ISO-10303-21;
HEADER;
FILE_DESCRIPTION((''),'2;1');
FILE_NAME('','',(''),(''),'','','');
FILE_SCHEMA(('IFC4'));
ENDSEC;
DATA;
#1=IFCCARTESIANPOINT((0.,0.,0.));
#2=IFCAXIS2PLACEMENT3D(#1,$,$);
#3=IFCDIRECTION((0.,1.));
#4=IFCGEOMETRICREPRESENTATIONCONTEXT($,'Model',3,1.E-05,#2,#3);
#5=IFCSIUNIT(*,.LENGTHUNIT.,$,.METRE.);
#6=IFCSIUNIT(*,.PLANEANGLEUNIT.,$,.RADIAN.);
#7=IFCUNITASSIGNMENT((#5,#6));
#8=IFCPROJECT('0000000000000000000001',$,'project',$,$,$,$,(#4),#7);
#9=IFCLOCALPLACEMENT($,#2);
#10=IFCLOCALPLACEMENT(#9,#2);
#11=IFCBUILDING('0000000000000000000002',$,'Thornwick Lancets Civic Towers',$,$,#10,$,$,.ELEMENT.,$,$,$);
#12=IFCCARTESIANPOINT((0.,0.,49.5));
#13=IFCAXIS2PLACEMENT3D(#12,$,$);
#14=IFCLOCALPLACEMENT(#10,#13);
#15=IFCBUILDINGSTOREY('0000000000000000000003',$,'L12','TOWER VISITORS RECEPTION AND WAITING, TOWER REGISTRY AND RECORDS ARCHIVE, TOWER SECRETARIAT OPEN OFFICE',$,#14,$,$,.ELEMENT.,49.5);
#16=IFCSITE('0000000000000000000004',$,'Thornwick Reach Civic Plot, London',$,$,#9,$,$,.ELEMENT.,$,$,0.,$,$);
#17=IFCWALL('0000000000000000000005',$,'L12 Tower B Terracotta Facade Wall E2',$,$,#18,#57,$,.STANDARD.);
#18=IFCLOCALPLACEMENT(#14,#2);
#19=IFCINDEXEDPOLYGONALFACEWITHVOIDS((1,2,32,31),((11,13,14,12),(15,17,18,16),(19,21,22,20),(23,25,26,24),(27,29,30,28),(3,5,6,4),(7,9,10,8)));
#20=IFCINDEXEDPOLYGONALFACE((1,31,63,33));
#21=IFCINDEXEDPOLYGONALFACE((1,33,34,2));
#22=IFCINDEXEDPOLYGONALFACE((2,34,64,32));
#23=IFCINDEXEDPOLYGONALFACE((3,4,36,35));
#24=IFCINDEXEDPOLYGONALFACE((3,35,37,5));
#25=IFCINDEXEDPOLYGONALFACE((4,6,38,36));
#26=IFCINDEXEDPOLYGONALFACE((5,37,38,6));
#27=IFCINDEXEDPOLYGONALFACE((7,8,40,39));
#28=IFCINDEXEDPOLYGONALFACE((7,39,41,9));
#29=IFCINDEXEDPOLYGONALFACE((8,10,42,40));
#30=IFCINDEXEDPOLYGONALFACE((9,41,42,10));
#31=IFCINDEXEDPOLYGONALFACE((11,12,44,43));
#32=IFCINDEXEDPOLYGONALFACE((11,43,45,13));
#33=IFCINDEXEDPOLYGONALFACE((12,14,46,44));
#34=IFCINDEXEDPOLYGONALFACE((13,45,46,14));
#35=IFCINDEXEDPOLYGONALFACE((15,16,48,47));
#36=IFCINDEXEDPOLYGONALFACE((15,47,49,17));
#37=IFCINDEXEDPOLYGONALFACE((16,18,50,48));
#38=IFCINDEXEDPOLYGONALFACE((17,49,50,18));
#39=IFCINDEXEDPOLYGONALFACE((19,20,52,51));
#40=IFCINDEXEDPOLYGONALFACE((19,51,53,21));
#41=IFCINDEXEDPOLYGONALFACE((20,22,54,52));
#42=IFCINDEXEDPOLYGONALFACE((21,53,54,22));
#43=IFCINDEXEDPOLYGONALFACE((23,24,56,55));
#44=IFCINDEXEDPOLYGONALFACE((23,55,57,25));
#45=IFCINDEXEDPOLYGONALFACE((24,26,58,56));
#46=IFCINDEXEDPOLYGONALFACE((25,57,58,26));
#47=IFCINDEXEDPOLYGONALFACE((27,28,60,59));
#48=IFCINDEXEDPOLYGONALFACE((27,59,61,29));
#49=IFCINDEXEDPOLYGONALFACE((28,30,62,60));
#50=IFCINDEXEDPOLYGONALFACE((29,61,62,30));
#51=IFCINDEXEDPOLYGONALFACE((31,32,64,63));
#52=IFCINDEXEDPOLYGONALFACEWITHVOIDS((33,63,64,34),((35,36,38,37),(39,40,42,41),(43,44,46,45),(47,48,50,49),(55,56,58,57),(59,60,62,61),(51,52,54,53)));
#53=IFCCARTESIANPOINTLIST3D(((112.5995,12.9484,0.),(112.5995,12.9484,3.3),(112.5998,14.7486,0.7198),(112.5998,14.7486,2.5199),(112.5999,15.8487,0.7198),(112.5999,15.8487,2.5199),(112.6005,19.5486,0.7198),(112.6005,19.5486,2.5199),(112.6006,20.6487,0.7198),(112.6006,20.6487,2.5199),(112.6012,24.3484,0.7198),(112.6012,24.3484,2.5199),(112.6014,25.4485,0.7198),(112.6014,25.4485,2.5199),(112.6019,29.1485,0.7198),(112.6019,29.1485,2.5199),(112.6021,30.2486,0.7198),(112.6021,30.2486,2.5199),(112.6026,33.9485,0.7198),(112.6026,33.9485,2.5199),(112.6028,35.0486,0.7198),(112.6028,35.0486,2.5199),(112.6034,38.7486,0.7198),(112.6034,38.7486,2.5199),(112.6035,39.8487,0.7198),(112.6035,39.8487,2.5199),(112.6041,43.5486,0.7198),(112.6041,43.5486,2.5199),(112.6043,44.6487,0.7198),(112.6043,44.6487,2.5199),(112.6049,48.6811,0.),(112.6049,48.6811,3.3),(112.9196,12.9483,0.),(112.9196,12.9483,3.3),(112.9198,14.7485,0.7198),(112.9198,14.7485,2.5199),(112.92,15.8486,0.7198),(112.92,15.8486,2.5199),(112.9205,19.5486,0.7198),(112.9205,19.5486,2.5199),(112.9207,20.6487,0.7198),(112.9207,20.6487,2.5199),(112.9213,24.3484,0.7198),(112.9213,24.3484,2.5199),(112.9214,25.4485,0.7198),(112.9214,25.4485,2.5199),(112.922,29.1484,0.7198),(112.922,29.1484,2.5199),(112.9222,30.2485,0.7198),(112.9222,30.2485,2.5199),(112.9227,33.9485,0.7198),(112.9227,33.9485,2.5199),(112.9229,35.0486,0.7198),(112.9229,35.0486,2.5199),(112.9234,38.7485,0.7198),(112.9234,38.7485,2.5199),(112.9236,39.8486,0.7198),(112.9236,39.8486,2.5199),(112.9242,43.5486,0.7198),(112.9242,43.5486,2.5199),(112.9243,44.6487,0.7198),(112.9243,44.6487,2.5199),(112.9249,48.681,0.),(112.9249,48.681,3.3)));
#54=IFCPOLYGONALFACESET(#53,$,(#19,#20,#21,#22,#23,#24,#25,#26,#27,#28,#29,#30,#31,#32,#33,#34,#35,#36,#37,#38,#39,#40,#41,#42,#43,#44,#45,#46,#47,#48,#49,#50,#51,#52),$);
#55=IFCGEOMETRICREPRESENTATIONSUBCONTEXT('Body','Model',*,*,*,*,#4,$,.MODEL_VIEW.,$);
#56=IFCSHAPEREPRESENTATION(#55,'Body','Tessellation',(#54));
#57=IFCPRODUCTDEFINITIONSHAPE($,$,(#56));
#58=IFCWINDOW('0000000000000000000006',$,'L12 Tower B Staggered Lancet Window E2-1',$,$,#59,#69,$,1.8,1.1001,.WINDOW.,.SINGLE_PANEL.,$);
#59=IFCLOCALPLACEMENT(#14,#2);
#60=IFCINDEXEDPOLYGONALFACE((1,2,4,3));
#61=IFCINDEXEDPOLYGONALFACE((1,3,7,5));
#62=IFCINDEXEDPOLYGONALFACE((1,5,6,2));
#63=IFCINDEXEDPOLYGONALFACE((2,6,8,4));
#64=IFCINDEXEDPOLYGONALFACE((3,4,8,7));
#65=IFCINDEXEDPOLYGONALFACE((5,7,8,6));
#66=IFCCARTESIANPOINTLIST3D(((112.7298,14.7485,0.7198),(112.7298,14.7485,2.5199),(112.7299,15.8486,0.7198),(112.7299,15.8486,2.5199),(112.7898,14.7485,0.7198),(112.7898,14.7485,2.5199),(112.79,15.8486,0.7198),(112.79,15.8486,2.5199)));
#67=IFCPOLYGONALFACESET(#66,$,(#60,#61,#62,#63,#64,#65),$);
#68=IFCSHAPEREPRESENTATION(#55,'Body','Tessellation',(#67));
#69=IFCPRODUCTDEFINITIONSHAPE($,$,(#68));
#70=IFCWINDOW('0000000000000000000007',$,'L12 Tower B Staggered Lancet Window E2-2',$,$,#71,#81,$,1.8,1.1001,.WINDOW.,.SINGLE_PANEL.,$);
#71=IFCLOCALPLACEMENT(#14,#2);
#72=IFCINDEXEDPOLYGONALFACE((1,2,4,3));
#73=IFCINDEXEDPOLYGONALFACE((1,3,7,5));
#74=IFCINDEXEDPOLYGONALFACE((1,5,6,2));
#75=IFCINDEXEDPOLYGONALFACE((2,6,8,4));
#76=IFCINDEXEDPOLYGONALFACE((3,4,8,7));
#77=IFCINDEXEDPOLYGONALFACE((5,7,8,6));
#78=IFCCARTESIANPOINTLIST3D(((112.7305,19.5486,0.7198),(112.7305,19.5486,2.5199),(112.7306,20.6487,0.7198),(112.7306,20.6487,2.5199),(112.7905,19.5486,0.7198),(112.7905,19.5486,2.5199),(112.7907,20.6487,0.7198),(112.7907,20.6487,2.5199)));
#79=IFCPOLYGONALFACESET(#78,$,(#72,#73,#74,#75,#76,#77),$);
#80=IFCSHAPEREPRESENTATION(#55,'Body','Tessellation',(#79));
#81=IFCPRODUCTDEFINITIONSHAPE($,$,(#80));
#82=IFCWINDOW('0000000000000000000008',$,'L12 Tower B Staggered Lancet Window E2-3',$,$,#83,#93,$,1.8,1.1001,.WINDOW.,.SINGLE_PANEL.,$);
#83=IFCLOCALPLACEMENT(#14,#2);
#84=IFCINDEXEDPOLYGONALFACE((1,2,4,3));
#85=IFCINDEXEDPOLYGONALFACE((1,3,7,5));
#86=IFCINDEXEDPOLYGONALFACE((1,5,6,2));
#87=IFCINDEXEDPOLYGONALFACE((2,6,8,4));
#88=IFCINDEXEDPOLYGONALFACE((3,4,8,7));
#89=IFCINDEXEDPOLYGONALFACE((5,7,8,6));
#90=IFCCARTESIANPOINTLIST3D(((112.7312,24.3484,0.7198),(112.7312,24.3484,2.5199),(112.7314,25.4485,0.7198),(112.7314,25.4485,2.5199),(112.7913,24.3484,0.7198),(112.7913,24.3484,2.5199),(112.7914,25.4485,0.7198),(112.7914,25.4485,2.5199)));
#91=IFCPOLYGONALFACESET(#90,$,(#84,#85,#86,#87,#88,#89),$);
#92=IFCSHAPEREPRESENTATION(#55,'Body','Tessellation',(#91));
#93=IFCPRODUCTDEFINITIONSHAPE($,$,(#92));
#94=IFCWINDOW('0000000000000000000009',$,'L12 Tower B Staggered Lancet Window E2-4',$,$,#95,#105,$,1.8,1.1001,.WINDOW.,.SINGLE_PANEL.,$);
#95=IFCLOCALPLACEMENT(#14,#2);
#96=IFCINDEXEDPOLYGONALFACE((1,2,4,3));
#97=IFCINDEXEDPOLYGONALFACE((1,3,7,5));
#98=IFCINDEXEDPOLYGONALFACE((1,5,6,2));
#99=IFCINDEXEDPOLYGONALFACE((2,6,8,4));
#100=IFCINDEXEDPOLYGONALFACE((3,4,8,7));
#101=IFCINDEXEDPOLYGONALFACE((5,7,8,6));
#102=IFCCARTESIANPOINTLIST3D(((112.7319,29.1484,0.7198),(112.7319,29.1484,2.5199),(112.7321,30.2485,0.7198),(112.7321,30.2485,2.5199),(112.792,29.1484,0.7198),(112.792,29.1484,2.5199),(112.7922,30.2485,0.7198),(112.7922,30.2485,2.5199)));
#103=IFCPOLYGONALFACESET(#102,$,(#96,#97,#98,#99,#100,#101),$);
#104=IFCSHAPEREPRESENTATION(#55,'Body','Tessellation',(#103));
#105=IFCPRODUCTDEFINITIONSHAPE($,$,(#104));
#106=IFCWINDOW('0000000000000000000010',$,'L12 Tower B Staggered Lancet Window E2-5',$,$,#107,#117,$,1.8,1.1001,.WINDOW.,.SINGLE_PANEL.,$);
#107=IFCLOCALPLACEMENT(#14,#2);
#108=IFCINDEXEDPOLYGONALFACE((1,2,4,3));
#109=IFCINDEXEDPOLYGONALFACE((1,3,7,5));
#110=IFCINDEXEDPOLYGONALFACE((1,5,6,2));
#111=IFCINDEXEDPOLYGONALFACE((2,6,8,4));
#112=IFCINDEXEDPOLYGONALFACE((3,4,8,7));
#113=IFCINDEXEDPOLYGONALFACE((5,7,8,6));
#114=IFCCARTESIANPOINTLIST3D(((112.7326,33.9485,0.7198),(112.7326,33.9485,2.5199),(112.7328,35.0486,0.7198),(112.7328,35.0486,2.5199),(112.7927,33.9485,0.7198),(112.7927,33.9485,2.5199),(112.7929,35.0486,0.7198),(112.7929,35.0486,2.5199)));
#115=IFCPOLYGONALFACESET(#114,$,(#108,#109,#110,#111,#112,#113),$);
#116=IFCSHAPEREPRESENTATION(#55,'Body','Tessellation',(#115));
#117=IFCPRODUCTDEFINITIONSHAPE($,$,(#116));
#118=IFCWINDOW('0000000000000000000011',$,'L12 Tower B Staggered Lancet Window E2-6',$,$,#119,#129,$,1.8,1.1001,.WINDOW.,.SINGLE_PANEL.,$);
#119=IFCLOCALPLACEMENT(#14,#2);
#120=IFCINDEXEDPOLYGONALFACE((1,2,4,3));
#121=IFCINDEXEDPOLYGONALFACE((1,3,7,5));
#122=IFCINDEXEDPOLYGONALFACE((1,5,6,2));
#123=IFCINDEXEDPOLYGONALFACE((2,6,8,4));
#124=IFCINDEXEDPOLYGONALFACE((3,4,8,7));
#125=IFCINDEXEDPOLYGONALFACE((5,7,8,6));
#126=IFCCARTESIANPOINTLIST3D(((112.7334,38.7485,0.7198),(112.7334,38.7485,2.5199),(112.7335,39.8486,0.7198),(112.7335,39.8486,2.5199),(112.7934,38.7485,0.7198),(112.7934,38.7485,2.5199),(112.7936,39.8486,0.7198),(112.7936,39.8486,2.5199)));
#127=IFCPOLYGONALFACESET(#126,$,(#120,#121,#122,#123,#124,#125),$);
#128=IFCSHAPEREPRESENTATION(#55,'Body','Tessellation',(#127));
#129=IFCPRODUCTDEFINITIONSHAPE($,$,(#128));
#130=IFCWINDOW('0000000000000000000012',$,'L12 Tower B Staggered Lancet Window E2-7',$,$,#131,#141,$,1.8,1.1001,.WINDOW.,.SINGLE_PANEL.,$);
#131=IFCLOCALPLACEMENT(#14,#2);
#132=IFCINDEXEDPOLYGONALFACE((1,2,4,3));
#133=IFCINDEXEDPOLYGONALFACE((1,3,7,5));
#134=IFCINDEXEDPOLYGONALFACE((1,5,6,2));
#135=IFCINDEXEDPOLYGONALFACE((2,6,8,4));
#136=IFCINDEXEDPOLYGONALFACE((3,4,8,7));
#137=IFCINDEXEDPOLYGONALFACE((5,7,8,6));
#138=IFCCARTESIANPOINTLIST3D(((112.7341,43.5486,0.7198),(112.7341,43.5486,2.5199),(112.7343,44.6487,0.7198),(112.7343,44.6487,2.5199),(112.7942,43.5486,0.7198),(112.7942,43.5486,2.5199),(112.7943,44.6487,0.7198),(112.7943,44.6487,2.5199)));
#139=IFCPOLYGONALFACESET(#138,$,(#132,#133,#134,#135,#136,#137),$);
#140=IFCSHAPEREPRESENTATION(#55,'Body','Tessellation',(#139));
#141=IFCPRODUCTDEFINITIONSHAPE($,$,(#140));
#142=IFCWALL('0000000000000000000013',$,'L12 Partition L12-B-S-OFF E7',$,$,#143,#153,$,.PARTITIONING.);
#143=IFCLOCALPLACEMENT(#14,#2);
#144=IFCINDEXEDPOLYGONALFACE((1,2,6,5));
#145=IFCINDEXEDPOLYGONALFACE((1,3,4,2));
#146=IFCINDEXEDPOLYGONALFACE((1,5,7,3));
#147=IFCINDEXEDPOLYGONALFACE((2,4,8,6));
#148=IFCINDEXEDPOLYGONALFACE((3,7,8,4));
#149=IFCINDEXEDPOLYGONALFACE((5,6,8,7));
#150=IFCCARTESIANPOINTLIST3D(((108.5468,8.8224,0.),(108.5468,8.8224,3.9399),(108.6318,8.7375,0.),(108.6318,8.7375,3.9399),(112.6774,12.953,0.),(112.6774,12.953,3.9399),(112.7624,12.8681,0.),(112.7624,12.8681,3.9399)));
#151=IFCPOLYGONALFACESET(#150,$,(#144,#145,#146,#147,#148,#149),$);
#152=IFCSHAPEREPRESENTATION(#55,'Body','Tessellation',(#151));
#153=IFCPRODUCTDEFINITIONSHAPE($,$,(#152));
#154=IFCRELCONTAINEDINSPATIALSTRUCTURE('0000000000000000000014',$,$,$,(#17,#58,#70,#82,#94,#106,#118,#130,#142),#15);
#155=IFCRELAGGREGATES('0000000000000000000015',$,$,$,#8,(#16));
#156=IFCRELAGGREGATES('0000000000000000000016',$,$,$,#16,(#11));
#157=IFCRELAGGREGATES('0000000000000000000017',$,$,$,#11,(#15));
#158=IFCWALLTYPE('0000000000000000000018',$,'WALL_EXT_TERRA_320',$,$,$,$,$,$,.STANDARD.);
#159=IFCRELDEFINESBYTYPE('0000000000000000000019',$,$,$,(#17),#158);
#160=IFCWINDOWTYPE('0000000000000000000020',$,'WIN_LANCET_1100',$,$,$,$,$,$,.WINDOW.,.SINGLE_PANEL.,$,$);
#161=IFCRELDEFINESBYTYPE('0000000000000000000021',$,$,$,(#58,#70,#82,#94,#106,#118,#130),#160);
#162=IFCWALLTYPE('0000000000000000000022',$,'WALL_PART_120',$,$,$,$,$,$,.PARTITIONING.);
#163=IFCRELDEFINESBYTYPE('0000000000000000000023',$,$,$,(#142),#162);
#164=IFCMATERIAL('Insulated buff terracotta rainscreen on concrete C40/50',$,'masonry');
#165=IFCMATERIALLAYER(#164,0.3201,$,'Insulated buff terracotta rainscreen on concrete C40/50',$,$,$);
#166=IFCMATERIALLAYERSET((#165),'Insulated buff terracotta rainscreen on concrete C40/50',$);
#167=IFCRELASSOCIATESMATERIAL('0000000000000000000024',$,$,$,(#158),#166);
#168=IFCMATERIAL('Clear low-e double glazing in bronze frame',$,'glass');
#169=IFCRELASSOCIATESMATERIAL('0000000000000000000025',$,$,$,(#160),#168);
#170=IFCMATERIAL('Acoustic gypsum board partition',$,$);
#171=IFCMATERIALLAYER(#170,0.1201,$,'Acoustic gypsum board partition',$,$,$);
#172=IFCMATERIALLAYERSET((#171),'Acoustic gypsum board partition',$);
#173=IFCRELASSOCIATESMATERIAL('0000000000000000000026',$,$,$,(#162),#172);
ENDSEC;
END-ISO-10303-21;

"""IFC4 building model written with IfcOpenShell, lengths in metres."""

from ifc_helpers import new_model, si_unit, direction, frame, frame_2d, origin, place, context, subcontext, project, spatial, rectangle, extrude, material, layer, layer_set, type_object, element, fill, save


model = new_model("IFC4")

# Units and contexts
model_context = context("Model", 3, precision=1e-05, world=origin(), true_north=direction((0.0, 1.0)))
body_context = subcontext(model_context, "Body", "Model", "MODEL_VIEW")
ifc_project = project(units=[si_unit("LENGTHUNIT", "METRE"), si_unit("PLANEANGLEUNIT", "RADIAN")], contexts=[model_context])

# Site, building, storey
site_placement = place(None, origin())
site = spatial("IfcSite", under=ifc_project, at=site_placement, Name="Thornwick Reach Civic Plot, London", CompositionType="ELEMENT", RefElevation=0.0)
building_placement = place(site_placement, origin())
building = spatial("IfcBuilding", under=site, at=building_placement, Name="Thornwick Lancets Civic Towers", CompositionType="ELEMENT")
storey_placement = place(building_placement, frame((0.0, 0.0, 49.5)))
storey = spatial("IfcBuildingStorey", under=building, at=storey_placement, Name="L12", Description="TOWER VISITORS RECEPTION AND WAITING, TOWER REGISTRY AND RECORDS ARCHIVE, TOWER SECRETARIAT OPEN OFFICE", CompositionType="ELEMENT", Elevation=49.5)

# Wall, openings, windows
ifc_material_1 = material(Name="Insulated buff terracotta rainscreen on concrete C40/50", Category="masonry")
ifc_layer_1 = layer(ifc_material_1, 0.3201, Name="Insulated buff terracotta rainscreen on concrete C40/50")
ifc_layer_set_1 = layer_set([ifc_layer_1], Name="Insulated buff terracotta rainscreen on concrete C40/50")
wall_type_1 = type_object("IfcWallType", Name="WALL_EXT_TERRA_320", PredefinedType="STANDARD", material=ifc_layer_set_1)
wall_1_placement = place(storey_placement, frame((112.7595, 12.9485, 0.0), z_axis=(0.0, 0.0, 1.0), x_axis=(0.00015, 1.0, 0.0)))
wall_1 = element("IfcWall", 1, at=wall_1_placement, inside=storey, type_object=wall_type_1, Name="L12 Tower B Terracotta Facade Wall E2", PredefinedType="STANDARD", context=body_context, shape_type="SweptSolid", body=[
    extrude(rectangle(XDim=35.7327, YDim=0.3201, at=frame_2d((17.8662, 0.0))), origin(), (0.0, 0.0, 1.0), 3.3),
])
opening_1_placement = place(wall_1_placement, frame((1.8, 0.0, 0.72)))
opening_1 = element("IfcOpeningElement", 2, at=opening_1_placement, cuts=wall_1, PredefinedType="OPENING", context=body_context, shape_type="SweptSolid", body=[
    extrude(rectangle(XDim=1.1001, YDim=1.8, at=frame_2d((0.55, 0.8999))), frame((0.0, 0.1699, 0.0), z_axis=(0.0, -1.0, 0.0), x_axis=(1.0, 0.0, 0.0)), (0.0, 0.0, 1.0), 0.3401),
])
opening_2_placement = place(wall_1_placement, frame((6.6001, 0.0, 0.72)))
opening_2 = element("IfcOpeningElement", 3, at=opening_2_placement, cuts=wall_1, PredefinedType="OPENING", context=body_context, shape_type="SweptSolid", body=[
    extrude(rectangle(XDim=1.1001, YDim=1.8, at=frame_2d((0.55, 0.8999))), frame((0.0, 0.1699, 0.0), z_axis=(0.0, -1.0, 0.0), x_axis=(1.0, 0.0, 0.0)), (0.0, 0.0, 1.0), 0.3401),
])
opening_3_placement = place(wall_1_placement, frame((11.3999, 0.0, 0.72)))
opening_3 = element("IfcOpeningElement", 4, at=opening_3_placement, cuts=wall_1, PredefinedType="OPENING", context=body_context, shape_type="SweptSolid", body=[
    extrude(rectangle(XDim=1.1001, YDim=1.8, at=frame_2d((0.55, 0.8999))), frame((0.0, 0.1699, 0.0), z_axis=(0.0, -1.0, 0.0), x_axis=(1.0, 0.0, 0.0)), (0.0, 0.0, 1.0), 0.3401),
])
opening_4_placement = place(wall_1_placement, frame((16.2, 0.0, 0.72)))
opening_4 = element("IfcOpeningElement", 5, at=opening_4_placement, cuts=wall_1, PredefinedType="OPENING", context=body_context, shape_type="SweptSolid", body=[
    extrude(rectangle(XDim=1.1001, YDim=1.8, at=frame_2d((0.55, 0.8999))), frame((0.0, 0.1699, 0.0), z_axis=(0.0, -1.0, 0.0), x_axis=(1.0, 0.0, 0.0)), (0.0, 0.0, 1.0), 0.3401),
])
opening_5_placement = place(wall_1_placement, frame((21.0, 0.0, 0.72)))
opening_5 = element("IfcOpeningElement", 6, at=opening_5_placement, cuts=wall_1, PredefinedType="OPENING", context=body_context, shape_type="SweptSolid", body=[
    extrude(rectangle(XDim=1.1001, YDim=1.8, at=frame_2d((0.55, 0.8999))), frame((0.0, 0.1699, 0.0), z_axis=(0.0, -1.0, 0.0), x_axis=(1.0, 0.0, 0.0)), (0.0, 0.0, 1.0), 0.3401),
])
opening_6_placement = place(wall_1_placement, frame((25.8, 0.0, 0.72)))
opening_6 = element("IfcOpeningElement", 7, at=opening_6_placement, cuts=wall_1, PredefinedType="OPENING", context=body_context, shape_type="SweptSolid", body=[
    extrude(rectangle(XDim=1.1001, YDim=1.8, at=frame_2d((0.55, 0.8999))), frame((0.0, 0.1699, 0.0), z_axis=(0.0, -1.0, 0.0), x_axis=(1.0, 0.0, 0.0)), (0.0, 0.0, 1.0), 0.3401),
])
opening_7_placement = place(wall_1_placement, frame((30.6001, 0.0, 0.72)))
opening_7 = element("IfcOpeningElement", 8, at=opening_7_placement, cuts=wall_1, PredefinedType="OPENING", context=body_context, shape_type="SweptSolid", body=[
    extrude(rectangle(XDim=1.1001, YDim=1.8, at=frame_2d((0.55, 0.8999))), frame((0.0, 0.1699, 0.0), z_axis=(0.0, -1.0, 0.0), x_axis=(1.0, 0.0, 0.0)), (0.0, 0.0, 1.0), 0.3401),
])
ifc_material_2 = material(Name="Clear low-e double glazing in bronze frame", Category="glass")
window_type = type_object("IfcWindowType", Name="WIN_LANCET_1100", PartitioningType="SINGLE_PANEL", PredefinedType="WINDOW", material=ifc_material_2)
window_1_placement = place(opening_1_placement, origin())
window_1 = element("IfcWindow", 9, at=window_1_placement, inside=storey, type_object=window_type, Name="L12 Tower B Staggered Lancet Window E2-1", OverallHeight=1.8, OverallWidth=1.1001, PartitioningType="SINGLE_PANEL", PredefinedType="WINDOW", context=body_context, shape_type="SweptSolid", body=[
    extrude(rectangle(XDim=1.1001, YDim=1.8, at=frame_2d((0.55, 0.8999))), frame((0.0, 0.03, 0.0), z_axis=(0.0, -1.0, 0.0), x_axis=(1.0, 0.0, 0.0)), (0.0, 0.0, 1.0), 0.0601),
])
fill(opening_1, window_1)
window_2_placement = place(opening_2_placement, origin())
window_2 = element("IfcWindow", 10, at=window_2_placement, inside=storey, type_object=window_type, Name="L12 Tower B Staggered Lancet Window E2-2", OverallHeight=1.8, OverallWidth=1.1001, PartitioningType="SINGLE_PANEL", PredefinedType="WINDOW", context=body_context, shape_type="SweptSolid", body=[
    extrude(rectangle(XDim=1.1001, YDim=1.8, at=frame_2d((0.55, 0.8999))), frame((0.0, 0.03, 0.0), z_axis=(0.0, -1.0, 0.0), x_axis=(1.0, 0.0, 0.0)), (0.0, 0.0, 1.0), 0.0601),
])
fill(opening_2, window_2)
window_3_placement = place(opening_3_placement, origin())
window_3 = element("IfcWindow", 11, at=window_3_placement, inside=storey, type_object=window_type, Name="L12 Tower B Staggered Lancet Window E2-3", OverallHeight=1.8, OverallWidth=1.1001, PartitioningType="SINGLE_PANEL", PredefinedType="WINDOW", context=body_context, shape_type="SweptSolid", body=[
    extrude(rectangle(XDim=1.1001, YDim=1.8, at=frame_2d((0.55, 0.8999))), frame((0.0, 0.03, 0.0), z_axis=(0.0, -1.0, 0.0), x_axis=(1.0, 0.0, 0.0)), (0.0, 0.0, 1.0), 0.0601),
])
fill(opening_3, window_3)
window_4_placement = place(opening_4_placement, origin())
window_4 = element("IfcWindow", 12, at=window_4_placement, inside=storey, type_object=window_type, Name="L12 Tower B Staggered Lancet Window E2-4", OverallHeight=1.8, OverallWidth=1.1001, PartitioningType="SINGLE_PANEL", PredefinedType="WINDOW", context=body_context, shape_type="SweptSolid", body=[
    extrude(rectangle(XDim=1.1001, YDim=1.8, at=frame_2d((0.55, 0.8999))), frame((0.0, 0.03, 0.0), z_axis=(0.0, -1.0, 0.0), x_axis=(1.0, 0.0, 0.0)), (0.0, 0.0, 1.0), 0.0601),
])
fill(opening_4, window_4)
window_5_placement = place(opening_5_placement, origin())
window_5 = element("IfcWindow", 13, at=window_5_placement, inside=storey, type_object=window_type, Name="L12 Tower B Staggered Lancet Window E2-5", OverallHeight=1.8, OverallWidth=1.1001, PartitioningType="SINGLE_PANEL", PredefinedType="WINDOW", context=body_context, shape_type="SweptSolid", body=[
    extrude(rectangle(XDim=1.1001, YDim=1.8, at=frame_2d((0.55, 0.8999))), frame((0.0, 0.03, 0.0), z_axis=(0.0, -1.0, 0.0), x_axis=(1.0, 0.0, 0.0)), (0.0, 0.0, 1.0), 0.0601),
])
fill(opening_5, window_5)
window_6_placement = place(opening_6_placement, origin())
window_6 = element("IfcWindow", 14, at=window_6_placement, inside=storey, type_object=window_type, Name="L12 Tower B Staggered Lancet Window E2-6", OverallHeight=1.8, OverallWidth=1.1001, PartitioningType="SINGLE_PANEL", PredefinedType="WINDOW", context=body_context, shape_type="SweptSolid", body=[
    extrude(rectangle(XDim=1.1001, YDim=1.8, at=frame_2d((0.55, 0.8999))), frame((0.0, 0.03, 0.0), z_axis=(0.0, -1.0, 0.0), x_axis=(1.0, 0.0, 0.0)), (0.0, 0.0, 1.0), 0.0601),
])
fill(opening_6, window_6)
window_7_placement = place(opening_7_placement, origin())
window_7 = element("IfcWindow", 15, at=window_7_placement, inside=storey, type_object=window_type, Name="L12 Tower B Staggered Lancet Window E2-7", OverallHeight=1.8, OverallWidth=1.1001, PartitioningType="SINGLE_PANEL", PredefinedType="WINDOW", context=body_context, shape_type="SweptSolid", body=[
    extrude(rectangle(XDim=1.1001, YDim=1.8, at=frame_2d((0.55, 0.8999))), frame((0.0, 0.03, 0.0), z_axis=(0.0, -1.0, 0.0), x_axis=(1.0, 0.0, 0.0)), (0.0, 0.0, 1.0), 0.0601),
])
fill(opening_7, window_7)

# Wall
ifc_material_3 = material(Name="Acoustic gypsum board partition")
ifc_layer_2 = layer(ifc_material_3, 0.1201, Name="Acoustic gypsum board partition")
ifc_layer_set_2 = layer_set([ifc_layer_2], Name="Acoustic gypsum board partition")
wall_type_2 = type_object("IfcWallType", Name="WALL_PART_120", PredefinedType="PARTITIONING", material=ifc_layer_set_2)
wall_2_placement = place(storey_placement, frame((112.72, 12.9106, 0.0), z_axis=(0.0, 0.0, 1.0), x_axis=(-0.707107, -0.707107, 0.0)))
element("IfcWall", 16, at=wall_2_placement, inside=storey, type_object=wall_type_2, Name="L12 Partition L12-B-S-OFF E7", PredefinedType="PARTITIONING", context=body_context, shape_type="SweptSolid", body=[
    extrude(rectangle(XDim=5.8416, YDim=0.1201, at=frame_2d((2.9209, 0.0))), origin(), (0.0, 0.0, 1.0), 3.9399),
])

save(model, "model.ifc")
